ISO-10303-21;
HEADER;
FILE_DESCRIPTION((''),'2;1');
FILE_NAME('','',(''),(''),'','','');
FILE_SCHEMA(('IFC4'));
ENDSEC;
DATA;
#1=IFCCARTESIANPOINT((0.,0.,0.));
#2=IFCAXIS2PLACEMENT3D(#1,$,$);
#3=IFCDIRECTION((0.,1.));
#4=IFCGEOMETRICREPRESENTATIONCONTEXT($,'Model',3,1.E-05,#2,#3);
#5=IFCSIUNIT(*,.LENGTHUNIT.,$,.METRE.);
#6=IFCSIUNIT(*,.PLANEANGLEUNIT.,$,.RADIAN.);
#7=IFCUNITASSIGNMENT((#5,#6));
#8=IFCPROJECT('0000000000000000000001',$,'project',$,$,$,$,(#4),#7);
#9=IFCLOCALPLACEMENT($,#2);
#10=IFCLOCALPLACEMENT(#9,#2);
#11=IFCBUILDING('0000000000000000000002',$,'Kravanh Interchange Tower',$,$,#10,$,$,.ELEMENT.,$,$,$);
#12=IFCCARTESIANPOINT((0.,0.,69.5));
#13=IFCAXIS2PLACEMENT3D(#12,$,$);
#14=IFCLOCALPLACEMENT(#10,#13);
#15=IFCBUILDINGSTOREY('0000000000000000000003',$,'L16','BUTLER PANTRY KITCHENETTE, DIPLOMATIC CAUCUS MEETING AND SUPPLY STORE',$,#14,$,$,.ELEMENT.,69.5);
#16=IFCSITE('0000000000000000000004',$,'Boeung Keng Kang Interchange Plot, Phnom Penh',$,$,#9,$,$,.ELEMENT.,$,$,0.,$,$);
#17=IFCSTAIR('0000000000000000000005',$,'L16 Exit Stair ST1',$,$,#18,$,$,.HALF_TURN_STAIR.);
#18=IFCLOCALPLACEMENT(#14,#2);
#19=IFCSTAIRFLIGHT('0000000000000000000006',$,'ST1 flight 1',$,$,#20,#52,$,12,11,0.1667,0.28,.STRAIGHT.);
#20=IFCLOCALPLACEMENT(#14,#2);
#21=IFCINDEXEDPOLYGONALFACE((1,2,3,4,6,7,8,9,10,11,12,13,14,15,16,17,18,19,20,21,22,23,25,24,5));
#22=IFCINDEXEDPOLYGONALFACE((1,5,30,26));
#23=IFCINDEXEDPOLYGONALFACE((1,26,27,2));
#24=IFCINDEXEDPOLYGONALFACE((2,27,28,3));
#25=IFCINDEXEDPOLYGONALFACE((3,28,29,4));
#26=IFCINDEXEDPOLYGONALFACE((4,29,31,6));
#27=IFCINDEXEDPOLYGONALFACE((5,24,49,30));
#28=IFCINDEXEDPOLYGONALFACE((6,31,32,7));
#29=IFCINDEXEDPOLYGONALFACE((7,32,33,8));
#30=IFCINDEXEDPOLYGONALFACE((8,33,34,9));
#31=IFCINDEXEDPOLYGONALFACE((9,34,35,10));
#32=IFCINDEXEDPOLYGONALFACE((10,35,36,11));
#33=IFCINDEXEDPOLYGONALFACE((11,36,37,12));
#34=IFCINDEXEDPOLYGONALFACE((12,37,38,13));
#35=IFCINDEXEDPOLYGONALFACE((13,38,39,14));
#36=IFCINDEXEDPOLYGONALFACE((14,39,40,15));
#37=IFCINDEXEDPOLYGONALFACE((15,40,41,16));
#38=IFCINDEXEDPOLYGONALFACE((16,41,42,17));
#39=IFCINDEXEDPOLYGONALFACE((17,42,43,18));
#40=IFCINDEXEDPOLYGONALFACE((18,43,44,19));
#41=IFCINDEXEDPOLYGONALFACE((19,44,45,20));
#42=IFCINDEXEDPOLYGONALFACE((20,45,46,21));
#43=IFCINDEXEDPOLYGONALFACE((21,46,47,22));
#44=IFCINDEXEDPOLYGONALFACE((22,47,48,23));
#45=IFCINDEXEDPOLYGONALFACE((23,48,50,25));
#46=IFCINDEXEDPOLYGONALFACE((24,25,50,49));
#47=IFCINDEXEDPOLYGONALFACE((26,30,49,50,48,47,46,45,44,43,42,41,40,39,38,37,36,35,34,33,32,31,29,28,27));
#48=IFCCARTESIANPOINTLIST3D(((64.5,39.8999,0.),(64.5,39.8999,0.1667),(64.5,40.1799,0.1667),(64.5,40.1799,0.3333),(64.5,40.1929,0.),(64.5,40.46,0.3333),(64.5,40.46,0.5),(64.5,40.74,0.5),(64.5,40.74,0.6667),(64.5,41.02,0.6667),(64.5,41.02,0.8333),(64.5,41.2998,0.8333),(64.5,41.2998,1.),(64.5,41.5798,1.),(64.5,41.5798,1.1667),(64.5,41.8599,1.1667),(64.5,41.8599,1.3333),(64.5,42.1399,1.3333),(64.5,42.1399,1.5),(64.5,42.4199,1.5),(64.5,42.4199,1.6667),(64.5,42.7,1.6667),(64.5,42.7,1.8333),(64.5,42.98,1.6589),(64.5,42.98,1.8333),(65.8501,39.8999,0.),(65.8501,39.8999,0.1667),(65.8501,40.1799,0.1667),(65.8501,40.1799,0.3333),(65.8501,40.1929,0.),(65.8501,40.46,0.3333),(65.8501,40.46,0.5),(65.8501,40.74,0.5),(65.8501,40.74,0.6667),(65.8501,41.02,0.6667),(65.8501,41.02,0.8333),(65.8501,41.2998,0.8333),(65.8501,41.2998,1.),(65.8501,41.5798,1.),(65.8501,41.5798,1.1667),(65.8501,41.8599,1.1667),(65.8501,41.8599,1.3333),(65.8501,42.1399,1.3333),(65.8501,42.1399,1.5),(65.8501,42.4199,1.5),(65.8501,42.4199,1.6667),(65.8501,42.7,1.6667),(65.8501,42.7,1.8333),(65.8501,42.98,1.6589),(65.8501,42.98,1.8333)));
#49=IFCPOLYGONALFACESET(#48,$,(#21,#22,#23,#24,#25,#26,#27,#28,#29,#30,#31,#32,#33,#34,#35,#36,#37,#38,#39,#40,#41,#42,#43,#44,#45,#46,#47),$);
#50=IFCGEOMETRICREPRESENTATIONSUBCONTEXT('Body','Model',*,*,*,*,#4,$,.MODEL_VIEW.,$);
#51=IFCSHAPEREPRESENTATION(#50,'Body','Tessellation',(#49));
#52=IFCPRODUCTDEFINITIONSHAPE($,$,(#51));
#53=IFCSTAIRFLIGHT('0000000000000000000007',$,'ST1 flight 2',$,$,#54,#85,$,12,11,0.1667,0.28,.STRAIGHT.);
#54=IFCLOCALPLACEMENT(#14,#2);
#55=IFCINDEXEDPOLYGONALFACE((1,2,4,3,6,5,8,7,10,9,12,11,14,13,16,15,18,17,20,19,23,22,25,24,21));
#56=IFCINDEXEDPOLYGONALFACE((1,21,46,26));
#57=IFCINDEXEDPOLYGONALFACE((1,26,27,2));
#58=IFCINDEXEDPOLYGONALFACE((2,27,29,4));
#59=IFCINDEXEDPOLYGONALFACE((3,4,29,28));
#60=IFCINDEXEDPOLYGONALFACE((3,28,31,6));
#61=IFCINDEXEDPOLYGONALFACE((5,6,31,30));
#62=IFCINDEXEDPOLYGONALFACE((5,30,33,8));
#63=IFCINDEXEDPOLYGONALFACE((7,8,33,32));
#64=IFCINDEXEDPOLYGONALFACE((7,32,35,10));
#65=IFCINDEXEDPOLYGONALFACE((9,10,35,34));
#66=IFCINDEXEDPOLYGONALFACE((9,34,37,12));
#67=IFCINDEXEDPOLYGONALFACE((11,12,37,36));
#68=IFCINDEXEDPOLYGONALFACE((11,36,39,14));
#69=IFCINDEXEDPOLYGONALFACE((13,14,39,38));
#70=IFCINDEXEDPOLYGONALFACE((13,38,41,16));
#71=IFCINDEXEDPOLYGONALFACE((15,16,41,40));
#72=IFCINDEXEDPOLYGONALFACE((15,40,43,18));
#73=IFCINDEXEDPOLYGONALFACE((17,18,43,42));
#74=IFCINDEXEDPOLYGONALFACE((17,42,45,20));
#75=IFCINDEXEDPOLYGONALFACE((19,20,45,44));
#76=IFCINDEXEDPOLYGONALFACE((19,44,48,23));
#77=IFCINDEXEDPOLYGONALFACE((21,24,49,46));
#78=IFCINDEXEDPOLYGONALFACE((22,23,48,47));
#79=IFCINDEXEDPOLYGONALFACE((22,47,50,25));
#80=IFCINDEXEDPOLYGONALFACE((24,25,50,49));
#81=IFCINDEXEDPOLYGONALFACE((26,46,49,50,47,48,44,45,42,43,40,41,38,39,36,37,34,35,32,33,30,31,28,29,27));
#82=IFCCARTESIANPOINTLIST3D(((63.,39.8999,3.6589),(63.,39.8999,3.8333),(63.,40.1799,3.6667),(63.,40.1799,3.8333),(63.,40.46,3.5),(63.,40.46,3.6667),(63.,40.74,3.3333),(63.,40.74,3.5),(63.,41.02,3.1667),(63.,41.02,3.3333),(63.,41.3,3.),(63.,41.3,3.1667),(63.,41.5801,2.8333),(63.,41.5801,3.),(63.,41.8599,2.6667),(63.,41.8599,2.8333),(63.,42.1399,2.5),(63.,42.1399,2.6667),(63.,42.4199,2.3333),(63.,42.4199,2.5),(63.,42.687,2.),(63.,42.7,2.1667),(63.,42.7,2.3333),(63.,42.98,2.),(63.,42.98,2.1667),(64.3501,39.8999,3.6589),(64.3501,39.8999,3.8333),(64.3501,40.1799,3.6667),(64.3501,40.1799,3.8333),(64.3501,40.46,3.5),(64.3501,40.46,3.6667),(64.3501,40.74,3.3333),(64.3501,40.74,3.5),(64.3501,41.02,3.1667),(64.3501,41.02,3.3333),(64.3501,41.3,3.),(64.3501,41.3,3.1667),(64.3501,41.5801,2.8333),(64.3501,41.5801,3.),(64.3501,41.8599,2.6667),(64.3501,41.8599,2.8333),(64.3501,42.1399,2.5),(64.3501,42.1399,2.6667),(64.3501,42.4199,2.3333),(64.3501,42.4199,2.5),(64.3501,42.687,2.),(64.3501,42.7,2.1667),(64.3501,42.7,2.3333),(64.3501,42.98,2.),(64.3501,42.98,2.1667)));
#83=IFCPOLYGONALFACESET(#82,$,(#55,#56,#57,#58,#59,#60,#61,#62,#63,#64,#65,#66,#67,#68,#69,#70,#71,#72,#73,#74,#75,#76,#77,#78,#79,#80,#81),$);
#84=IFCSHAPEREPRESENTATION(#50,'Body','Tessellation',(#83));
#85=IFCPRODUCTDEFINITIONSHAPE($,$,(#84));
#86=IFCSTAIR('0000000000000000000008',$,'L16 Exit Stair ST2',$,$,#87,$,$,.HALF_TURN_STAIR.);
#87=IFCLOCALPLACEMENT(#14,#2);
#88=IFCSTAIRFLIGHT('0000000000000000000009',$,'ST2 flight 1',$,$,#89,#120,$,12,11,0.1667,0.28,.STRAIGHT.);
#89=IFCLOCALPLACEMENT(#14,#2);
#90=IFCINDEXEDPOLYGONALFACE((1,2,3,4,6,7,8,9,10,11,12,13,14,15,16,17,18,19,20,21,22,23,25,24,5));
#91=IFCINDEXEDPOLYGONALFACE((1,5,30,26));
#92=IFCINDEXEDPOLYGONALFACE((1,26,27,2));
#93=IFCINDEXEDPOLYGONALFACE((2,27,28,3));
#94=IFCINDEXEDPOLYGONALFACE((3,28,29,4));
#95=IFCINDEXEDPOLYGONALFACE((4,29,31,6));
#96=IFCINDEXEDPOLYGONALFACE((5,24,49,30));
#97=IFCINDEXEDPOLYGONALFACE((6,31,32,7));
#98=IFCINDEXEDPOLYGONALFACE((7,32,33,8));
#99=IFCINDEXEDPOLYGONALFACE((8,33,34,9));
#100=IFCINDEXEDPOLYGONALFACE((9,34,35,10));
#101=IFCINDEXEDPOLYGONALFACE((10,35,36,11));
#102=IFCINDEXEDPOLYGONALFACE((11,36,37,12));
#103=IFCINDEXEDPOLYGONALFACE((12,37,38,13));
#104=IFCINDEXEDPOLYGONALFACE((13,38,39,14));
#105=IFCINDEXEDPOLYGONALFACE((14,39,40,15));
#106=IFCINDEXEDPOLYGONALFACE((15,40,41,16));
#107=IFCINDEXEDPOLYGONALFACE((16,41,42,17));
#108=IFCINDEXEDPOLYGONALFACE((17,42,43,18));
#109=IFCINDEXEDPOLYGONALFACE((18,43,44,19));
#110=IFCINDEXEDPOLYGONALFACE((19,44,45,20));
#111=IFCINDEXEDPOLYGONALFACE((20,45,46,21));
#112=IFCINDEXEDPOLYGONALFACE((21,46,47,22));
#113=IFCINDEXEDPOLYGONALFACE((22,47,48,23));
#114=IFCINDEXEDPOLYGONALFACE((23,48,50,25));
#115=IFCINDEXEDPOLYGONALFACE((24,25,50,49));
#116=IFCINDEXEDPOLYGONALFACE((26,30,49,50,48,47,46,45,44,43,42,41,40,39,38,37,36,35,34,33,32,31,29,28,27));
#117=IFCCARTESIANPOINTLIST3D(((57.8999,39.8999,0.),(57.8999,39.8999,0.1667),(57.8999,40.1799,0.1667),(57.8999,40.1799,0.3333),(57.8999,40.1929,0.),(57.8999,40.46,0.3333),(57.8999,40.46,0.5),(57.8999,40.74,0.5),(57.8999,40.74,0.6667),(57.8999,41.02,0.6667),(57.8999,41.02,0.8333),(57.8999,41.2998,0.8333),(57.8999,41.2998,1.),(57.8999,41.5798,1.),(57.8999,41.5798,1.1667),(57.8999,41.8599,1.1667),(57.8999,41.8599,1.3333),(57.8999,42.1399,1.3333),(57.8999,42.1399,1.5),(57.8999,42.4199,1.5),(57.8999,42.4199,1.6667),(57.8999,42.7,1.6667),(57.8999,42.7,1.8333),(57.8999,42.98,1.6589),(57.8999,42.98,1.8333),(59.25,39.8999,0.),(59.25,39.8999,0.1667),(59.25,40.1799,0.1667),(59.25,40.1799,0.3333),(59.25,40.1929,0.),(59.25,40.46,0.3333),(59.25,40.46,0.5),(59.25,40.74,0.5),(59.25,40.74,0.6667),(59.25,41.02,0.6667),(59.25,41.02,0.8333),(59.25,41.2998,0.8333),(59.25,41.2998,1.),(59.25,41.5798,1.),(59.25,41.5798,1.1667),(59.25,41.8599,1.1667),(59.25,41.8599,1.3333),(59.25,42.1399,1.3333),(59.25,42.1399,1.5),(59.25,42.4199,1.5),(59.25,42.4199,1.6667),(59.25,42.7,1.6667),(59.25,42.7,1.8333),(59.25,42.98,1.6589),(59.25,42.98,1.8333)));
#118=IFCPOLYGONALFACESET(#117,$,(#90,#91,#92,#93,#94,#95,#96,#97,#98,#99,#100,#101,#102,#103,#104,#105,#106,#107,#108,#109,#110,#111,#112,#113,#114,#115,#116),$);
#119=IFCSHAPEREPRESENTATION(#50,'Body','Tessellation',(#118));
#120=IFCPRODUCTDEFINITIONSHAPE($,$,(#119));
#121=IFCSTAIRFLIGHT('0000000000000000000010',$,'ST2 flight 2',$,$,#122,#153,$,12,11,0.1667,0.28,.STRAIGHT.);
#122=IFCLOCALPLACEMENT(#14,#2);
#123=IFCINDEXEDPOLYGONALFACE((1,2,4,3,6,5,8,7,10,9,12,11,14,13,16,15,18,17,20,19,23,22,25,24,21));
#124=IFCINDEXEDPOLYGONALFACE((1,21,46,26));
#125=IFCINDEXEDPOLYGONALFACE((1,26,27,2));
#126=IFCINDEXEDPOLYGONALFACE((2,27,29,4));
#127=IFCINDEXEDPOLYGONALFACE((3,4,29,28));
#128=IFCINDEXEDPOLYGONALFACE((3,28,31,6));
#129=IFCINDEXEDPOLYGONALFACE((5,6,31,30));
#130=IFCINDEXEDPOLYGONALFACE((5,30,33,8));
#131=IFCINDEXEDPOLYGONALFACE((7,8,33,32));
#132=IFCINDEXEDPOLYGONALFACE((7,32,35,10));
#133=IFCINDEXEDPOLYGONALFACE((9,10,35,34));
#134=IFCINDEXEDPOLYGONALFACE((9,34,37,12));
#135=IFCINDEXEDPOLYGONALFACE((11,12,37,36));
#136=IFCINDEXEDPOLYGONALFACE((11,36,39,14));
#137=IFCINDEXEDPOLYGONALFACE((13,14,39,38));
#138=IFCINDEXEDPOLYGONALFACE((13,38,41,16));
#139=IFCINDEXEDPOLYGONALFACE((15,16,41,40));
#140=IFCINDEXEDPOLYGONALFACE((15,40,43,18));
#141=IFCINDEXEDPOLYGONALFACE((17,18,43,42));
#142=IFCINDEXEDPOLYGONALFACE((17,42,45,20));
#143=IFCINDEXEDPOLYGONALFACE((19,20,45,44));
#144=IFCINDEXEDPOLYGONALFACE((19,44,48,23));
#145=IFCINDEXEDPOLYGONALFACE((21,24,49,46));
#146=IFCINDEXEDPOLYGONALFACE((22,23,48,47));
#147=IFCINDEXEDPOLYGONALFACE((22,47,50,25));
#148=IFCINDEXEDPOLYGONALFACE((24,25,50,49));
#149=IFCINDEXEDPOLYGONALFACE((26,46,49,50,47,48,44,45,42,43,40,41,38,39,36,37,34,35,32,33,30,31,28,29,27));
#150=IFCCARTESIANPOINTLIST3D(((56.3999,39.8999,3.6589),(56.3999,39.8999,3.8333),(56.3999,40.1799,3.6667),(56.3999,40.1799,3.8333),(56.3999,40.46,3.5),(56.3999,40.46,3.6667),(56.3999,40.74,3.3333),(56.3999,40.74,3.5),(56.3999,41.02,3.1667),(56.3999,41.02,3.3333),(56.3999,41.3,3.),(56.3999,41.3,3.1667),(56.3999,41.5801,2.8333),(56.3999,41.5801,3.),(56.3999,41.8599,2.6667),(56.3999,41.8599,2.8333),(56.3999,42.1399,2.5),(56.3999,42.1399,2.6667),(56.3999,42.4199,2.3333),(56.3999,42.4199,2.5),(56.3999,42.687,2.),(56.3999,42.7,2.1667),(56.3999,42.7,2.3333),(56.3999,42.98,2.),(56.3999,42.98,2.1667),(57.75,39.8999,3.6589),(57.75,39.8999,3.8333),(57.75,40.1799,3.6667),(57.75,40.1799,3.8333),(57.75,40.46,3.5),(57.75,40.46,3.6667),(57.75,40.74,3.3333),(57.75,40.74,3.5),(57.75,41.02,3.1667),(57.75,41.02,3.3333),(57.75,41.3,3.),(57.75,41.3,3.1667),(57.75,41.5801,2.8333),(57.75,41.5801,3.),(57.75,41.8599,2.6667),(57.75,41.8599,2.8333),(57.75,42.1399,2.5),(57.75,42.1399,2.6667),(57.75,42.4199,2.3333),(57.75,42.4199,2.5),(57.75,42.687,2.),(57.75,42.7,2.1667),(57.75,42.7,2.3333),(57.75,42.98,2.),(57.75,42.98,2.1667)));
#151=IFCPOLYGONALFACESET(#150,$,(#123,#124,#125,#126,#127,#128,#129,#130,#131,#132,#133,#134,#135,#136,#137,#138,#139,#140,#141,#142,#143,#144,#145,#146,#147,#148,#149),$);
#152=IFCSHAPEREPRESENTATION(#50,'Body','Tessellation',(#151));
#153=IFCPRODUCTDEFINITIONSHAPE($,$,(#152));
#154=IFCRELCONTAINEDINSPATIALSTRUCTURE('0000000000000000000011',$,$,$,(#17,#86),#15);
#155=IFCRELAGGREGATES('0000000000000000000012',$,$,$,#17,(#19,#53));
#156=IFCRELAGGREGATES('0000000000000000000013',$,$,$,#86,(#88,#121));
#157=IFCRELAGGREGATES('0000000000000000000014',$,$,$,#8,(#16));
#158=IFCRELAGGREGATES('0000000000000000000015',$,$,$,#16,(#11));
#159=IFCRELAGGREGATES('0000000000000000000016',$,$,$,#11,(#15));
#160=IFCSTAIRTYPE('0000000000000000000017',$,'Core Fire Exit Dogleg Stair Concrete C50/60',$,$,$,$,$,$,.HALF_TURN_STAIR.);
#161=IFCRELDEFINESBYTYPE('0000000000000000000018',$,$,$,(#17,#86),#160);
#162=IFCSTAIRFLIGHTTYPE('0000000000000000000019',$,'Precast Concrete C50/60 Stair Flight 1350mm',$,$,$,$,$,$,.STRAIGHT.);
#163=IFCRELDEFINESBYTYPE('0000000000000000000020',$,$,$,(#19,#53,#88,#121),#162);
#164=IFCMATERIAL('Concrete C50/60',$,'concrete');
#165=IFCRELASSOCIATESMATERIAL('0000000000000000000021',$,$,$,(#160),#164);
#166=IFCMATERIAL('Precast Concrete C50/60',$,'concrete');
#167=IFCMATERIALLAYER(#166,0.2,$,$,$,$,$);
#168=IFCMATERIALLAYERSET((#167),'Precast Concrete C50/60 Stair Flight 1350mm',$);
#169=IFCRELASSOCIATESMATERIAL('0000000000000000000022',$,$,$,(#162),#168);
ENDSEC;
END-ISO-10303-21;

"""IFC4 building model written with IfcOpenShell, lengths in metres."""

from ifc_helpers import new_model, si_unit, direction, frame, origin, place, context, subcontext, project, spatial, polyline, outline, extrude, material, layer, layer_set, type_object, element, aggregate, save


model = new_model("IFC4")

# Units and contexts
model_context = context("Model", 3, precision=1e-05, world=origin(), true_north=direction((0.0, 1.0)))
body_context = subcontext(model_context, "Body", "Model", "MODEL_VIEW")
ifc_project = project(units=[si_unit("LENGTHUNIT", "METRE"), si_unit("PLANEANGLEUNIT", "RADIAN")], contexts=[model_context])

# Site, building, storey
site_placement = place(None, origin())
site = spatial("IfcSite", under=ifc_project, at=site_placement, Name="Boeung Keng Kang Interchange Plot, Phnom Penh", CompositionType="ELEMENT", RefElevation=0.0)
building_placement = place(site_placement, origin())
building = spatial("IfcBuilding", under=site, at=building_placement, Name="Kravanh Interchange Tower", CompositionType="ELEMENT")
storey_placement = place(building_placement, frame((0.0, 0.0, 69.5)))
storey = spatial("IfcBuildingStorey", under=building, at=storey_placement, Name="L16", Description="BUTLER PANTRY KITCHENETTE, DIPLOMATIC CAUCUS MEETING AND SUPPLY STORE", CompositionType="ELEMENT", Elevation=69.5)

# Stairs, stair flights
ifc_material_1 = material(Name="Concrete C50/60", Category="concrete")
stair_type = type_object("IfcStairType", Name="Core Fire Exit Dogleg Stair Concrete C50/60", PredefinedType="HALF_TURN_STAIR", material=ifc_material_1)
stair_1_placement = place(storey_placement, origin())
stair_1 = element("IfcStair", 1, at=stair_1_placement, inside=storey, type_object=stair_type, Name="L16 Exit Stair ST1", PredefinedType="HALF_TURN_STAIR")
ifc_material_2 = material(Name="Precast Concrete C50/60", Category="concrete")
ifc_layer_1 = layer(ifc_material_2, 0.2)
ifc_layer_set_1 = layer_set([ifc_layer_1], Name="Precast Concrete C50/60 Stair Flight 1350mm")
stair_flight_type = type_object("IfcStairFlightType", Name="Precast Concrete C50/60 Stair Flight 1350mm", PredefinedType="STRAIGHT", material=ifc_layer_set_1)
stair_flight_1_placement = place(storey_placement, frame((65.175, 39.8999, 0.0), z_axis=(0.0, 0.0, 1.0), x_axis=(0.0, 1.0, 0.0)))
stair_flight_1 = element("IfcStairFlight", 2, at=stair_flight_1_placement, type_object=stair_flight_type, Name="ST1 flight 1", NumberOfRisers=12, NumberOfTreads=11, PredefinedType="STRAIGHT", RiserHeight=0.1667, TreadLength=0.28, context=body_context, shape_type="SweptSolid", body=[
    extrude(outline(polyline([(0.0, 0.0), (0.0, 0.1667), (0.28, 0.1667), (0.28, 0.3333), (0.5601, 0.3333), (0.5601, 0.5), (0.8401, 0.5), (0.8401, 0.6667), (1.1201, 0.6667), (1.1201, 0.8333), (1.3999, 0.8333), (1.3999, 1.0), (1.6799, 1.0), (1.6799, 1.1667), (1.96, 1.1667), (1.96, 1.3333), (2.24, 1.3333), (2.24, 1.5), (2.52, 1.5), (2.52, 1.6667), (2.8, 1.6667), (2.8, 1.8333), (3.0801, 1.8333), (3.0801, 2.0), (3.0801, 1.6589), (0.293, 0.0), (0.0, 0.0)])), frame((0.0, 0.675, 0.0), z_axis=(0.0, -1.0, 0.0), x_axis=(1.0, 0.0, 0.0)), (0.0, 0.0, 1.0), 1.3501),
])
stair_flight_2_placement = place(storey_placement, frame((63.675, 42.98, 2.0), z_axis=(0.0, 0.0, 1.0), x_axis=(0.0, -1.0, 0.0)))
stair_flight_2 = element("IfcStairFlight", 3, at=stair_flight_2_placement, type_object=stair_flight_type, Name="ST1 flight 2", NumberOfRisers=12, NumberOfTreads=11, PredefinedType="STRAIGHT", RiserHeight=0.1667, TreadLength=0.28, context=body_context, shape_type="SweptSolid", body=[
    extrude(outline(polyline([(0.0, 0.0), (0.0, 0.1667), (0.28, 0.1667), (0.28, 0.3333), (0.5601, 0.3333), (0.5601, 0.5), (0.8401, 0.5), (0.8401, 0.6667), (1.1201, 0.6667), (1.1201, 0.8333), (1.3999, 0.8333), (1.3999, 1.0), (1.6799, 1.0), (1.6799, 1.1667), (1.96, 1.1667), (1.96, 1.3333), (2.24, 1.3333), (2.24, 1.5), (2.52, 1.5), (2.52, 1.6667), (2.8, 1.6667), (2.8, 1.8333), (3.0801, 1.8333), (3.0801, 2.0), (3.0801, 1.6589), (0.293, 0.0), (0.0, 0.0)])), frame((0.0, 0.675, 0.0), z_axis=(0.0, -1.0, 0.0), x_axis=(1.0, 0.0, 0.0)), (0.0, 0.0, 1.0), 1.3501),
])
aggregate(stair_1, [stair_flight_1, stair_flight_2])
stair_2_placement = place(storey_placement, origin())
stair_2 = element("IfcStair", 4, at=stair_2_placement, inside=storey, type_object=stair_type, Name="L16 Exit Stair ST2", PredefinedType="HALF_TURN_STAIR")
stair_flight_3_placement = place(storey_placement, frame((58.575, 39.8999, 0.0), z_axis=(0.0, 0.0, 1.0), x_axis=(0.0, 1.0, 0.0)))
stair_flight_3 = element("IfcStairFlight", 5, at=stair_flight_3_placement, type_object=stair_flight_type, Name="ST2 flight 1", NumberOfRisers=12, NumberOfTreads=11, PredefinedType="STRAIGHT", RiserHeight=0.1667, TreadLength=0.28, context=body_context, shape_type="SweptSolid", body=[
    extrude(outline(polyline([(0.0, 0.0), (0.0, 0.1667), (0.28, 0.1667), (0.28, 0.3333), (0.5601, 0.3333), (0.5601, 0.5), (0.8401, 0.5), (0.8401, 0.6667), (1.1201, 0.6667), (1.1201, 0.8333), (1.3999, 0.8333), (1.3999, 1.0), (1.6799, 1.0), (1.6799, 1.1667), (1.96, 1.1667), (1.96, 1.3333), (2.24, 1.3333), (2.24, 1.5), (2.52, 1.5), (2.52, 1.6667), (2.8, 1.6667), (2.8, 1.8333), (3.0801, 1.8333), (3.0801, 2.0), (3.0801, 1.6589), (0.293, 0.0), (0.0, 0.0)])), frame((0.0, 0.675, 0.0), z_axis=(0.0, -1.0, 0.0), x_axis=(1.0, 0.0, 0.0)), (0.0, 0.0, 1.0), 1.3501),
])
stair_flight_4_placement = place(storey_placement, frame((57.075, 42.98, 2.0), z_axis=(0.0, 0.0, 1.0), x_axis=(0.0, -1.0, 0.0)))
stair_flight_4 = element("IfcStairFlight", 6, at=stair_flight_4_placement, type_object=stair_flight_type, Name="ST2 flight 2", NumberOfRisers=12, NumberOfTreads=11, PredefinedType="STRAIGHT", RiserHeight=0.1667, TreadLength=0.28, context=body_context, shape_type="SweptSolid", body=[
    extrude(outline(polyline([(0.0, 0.0), (0.0, 0.1667), (0.28, 0.1667), (0.28, 0.3333), (0.5601, 0.3333), (0.5601, 0.5), (0.8401, 0.5), (0.8401, 0.6667), (1.1201, 0.6667), (1.1201, 0.8333), (1.3999, 0.8333), (1.3999, 1.0), (1.6799, 1.0), (1.6799, 1.1667), (1.96, 1.1667), (1.96, 1.3333), (2.24, 1.3333), (2.24, 1.5), (2.52, 1.5), (2.52, 1.6667), (2.8, 1.6667), (2.8, 1.8333), (3.0801, 1.8333), (3.0801, 2.0), (3.0801, 1.6589), (0.293, 0.0), (0.0, 0.0)])), frame((0.0, 0.675, 0.0), z_axis=(0.0, -1.0, 0.0), x_axis=(1.0, 0.0, 0.0)), (0.0, 0.0, 1.0), 1.3501),
])
aggregate(stair_2, [stair_flight_3, stair_flight_4])

save(model, "model.ifc")
